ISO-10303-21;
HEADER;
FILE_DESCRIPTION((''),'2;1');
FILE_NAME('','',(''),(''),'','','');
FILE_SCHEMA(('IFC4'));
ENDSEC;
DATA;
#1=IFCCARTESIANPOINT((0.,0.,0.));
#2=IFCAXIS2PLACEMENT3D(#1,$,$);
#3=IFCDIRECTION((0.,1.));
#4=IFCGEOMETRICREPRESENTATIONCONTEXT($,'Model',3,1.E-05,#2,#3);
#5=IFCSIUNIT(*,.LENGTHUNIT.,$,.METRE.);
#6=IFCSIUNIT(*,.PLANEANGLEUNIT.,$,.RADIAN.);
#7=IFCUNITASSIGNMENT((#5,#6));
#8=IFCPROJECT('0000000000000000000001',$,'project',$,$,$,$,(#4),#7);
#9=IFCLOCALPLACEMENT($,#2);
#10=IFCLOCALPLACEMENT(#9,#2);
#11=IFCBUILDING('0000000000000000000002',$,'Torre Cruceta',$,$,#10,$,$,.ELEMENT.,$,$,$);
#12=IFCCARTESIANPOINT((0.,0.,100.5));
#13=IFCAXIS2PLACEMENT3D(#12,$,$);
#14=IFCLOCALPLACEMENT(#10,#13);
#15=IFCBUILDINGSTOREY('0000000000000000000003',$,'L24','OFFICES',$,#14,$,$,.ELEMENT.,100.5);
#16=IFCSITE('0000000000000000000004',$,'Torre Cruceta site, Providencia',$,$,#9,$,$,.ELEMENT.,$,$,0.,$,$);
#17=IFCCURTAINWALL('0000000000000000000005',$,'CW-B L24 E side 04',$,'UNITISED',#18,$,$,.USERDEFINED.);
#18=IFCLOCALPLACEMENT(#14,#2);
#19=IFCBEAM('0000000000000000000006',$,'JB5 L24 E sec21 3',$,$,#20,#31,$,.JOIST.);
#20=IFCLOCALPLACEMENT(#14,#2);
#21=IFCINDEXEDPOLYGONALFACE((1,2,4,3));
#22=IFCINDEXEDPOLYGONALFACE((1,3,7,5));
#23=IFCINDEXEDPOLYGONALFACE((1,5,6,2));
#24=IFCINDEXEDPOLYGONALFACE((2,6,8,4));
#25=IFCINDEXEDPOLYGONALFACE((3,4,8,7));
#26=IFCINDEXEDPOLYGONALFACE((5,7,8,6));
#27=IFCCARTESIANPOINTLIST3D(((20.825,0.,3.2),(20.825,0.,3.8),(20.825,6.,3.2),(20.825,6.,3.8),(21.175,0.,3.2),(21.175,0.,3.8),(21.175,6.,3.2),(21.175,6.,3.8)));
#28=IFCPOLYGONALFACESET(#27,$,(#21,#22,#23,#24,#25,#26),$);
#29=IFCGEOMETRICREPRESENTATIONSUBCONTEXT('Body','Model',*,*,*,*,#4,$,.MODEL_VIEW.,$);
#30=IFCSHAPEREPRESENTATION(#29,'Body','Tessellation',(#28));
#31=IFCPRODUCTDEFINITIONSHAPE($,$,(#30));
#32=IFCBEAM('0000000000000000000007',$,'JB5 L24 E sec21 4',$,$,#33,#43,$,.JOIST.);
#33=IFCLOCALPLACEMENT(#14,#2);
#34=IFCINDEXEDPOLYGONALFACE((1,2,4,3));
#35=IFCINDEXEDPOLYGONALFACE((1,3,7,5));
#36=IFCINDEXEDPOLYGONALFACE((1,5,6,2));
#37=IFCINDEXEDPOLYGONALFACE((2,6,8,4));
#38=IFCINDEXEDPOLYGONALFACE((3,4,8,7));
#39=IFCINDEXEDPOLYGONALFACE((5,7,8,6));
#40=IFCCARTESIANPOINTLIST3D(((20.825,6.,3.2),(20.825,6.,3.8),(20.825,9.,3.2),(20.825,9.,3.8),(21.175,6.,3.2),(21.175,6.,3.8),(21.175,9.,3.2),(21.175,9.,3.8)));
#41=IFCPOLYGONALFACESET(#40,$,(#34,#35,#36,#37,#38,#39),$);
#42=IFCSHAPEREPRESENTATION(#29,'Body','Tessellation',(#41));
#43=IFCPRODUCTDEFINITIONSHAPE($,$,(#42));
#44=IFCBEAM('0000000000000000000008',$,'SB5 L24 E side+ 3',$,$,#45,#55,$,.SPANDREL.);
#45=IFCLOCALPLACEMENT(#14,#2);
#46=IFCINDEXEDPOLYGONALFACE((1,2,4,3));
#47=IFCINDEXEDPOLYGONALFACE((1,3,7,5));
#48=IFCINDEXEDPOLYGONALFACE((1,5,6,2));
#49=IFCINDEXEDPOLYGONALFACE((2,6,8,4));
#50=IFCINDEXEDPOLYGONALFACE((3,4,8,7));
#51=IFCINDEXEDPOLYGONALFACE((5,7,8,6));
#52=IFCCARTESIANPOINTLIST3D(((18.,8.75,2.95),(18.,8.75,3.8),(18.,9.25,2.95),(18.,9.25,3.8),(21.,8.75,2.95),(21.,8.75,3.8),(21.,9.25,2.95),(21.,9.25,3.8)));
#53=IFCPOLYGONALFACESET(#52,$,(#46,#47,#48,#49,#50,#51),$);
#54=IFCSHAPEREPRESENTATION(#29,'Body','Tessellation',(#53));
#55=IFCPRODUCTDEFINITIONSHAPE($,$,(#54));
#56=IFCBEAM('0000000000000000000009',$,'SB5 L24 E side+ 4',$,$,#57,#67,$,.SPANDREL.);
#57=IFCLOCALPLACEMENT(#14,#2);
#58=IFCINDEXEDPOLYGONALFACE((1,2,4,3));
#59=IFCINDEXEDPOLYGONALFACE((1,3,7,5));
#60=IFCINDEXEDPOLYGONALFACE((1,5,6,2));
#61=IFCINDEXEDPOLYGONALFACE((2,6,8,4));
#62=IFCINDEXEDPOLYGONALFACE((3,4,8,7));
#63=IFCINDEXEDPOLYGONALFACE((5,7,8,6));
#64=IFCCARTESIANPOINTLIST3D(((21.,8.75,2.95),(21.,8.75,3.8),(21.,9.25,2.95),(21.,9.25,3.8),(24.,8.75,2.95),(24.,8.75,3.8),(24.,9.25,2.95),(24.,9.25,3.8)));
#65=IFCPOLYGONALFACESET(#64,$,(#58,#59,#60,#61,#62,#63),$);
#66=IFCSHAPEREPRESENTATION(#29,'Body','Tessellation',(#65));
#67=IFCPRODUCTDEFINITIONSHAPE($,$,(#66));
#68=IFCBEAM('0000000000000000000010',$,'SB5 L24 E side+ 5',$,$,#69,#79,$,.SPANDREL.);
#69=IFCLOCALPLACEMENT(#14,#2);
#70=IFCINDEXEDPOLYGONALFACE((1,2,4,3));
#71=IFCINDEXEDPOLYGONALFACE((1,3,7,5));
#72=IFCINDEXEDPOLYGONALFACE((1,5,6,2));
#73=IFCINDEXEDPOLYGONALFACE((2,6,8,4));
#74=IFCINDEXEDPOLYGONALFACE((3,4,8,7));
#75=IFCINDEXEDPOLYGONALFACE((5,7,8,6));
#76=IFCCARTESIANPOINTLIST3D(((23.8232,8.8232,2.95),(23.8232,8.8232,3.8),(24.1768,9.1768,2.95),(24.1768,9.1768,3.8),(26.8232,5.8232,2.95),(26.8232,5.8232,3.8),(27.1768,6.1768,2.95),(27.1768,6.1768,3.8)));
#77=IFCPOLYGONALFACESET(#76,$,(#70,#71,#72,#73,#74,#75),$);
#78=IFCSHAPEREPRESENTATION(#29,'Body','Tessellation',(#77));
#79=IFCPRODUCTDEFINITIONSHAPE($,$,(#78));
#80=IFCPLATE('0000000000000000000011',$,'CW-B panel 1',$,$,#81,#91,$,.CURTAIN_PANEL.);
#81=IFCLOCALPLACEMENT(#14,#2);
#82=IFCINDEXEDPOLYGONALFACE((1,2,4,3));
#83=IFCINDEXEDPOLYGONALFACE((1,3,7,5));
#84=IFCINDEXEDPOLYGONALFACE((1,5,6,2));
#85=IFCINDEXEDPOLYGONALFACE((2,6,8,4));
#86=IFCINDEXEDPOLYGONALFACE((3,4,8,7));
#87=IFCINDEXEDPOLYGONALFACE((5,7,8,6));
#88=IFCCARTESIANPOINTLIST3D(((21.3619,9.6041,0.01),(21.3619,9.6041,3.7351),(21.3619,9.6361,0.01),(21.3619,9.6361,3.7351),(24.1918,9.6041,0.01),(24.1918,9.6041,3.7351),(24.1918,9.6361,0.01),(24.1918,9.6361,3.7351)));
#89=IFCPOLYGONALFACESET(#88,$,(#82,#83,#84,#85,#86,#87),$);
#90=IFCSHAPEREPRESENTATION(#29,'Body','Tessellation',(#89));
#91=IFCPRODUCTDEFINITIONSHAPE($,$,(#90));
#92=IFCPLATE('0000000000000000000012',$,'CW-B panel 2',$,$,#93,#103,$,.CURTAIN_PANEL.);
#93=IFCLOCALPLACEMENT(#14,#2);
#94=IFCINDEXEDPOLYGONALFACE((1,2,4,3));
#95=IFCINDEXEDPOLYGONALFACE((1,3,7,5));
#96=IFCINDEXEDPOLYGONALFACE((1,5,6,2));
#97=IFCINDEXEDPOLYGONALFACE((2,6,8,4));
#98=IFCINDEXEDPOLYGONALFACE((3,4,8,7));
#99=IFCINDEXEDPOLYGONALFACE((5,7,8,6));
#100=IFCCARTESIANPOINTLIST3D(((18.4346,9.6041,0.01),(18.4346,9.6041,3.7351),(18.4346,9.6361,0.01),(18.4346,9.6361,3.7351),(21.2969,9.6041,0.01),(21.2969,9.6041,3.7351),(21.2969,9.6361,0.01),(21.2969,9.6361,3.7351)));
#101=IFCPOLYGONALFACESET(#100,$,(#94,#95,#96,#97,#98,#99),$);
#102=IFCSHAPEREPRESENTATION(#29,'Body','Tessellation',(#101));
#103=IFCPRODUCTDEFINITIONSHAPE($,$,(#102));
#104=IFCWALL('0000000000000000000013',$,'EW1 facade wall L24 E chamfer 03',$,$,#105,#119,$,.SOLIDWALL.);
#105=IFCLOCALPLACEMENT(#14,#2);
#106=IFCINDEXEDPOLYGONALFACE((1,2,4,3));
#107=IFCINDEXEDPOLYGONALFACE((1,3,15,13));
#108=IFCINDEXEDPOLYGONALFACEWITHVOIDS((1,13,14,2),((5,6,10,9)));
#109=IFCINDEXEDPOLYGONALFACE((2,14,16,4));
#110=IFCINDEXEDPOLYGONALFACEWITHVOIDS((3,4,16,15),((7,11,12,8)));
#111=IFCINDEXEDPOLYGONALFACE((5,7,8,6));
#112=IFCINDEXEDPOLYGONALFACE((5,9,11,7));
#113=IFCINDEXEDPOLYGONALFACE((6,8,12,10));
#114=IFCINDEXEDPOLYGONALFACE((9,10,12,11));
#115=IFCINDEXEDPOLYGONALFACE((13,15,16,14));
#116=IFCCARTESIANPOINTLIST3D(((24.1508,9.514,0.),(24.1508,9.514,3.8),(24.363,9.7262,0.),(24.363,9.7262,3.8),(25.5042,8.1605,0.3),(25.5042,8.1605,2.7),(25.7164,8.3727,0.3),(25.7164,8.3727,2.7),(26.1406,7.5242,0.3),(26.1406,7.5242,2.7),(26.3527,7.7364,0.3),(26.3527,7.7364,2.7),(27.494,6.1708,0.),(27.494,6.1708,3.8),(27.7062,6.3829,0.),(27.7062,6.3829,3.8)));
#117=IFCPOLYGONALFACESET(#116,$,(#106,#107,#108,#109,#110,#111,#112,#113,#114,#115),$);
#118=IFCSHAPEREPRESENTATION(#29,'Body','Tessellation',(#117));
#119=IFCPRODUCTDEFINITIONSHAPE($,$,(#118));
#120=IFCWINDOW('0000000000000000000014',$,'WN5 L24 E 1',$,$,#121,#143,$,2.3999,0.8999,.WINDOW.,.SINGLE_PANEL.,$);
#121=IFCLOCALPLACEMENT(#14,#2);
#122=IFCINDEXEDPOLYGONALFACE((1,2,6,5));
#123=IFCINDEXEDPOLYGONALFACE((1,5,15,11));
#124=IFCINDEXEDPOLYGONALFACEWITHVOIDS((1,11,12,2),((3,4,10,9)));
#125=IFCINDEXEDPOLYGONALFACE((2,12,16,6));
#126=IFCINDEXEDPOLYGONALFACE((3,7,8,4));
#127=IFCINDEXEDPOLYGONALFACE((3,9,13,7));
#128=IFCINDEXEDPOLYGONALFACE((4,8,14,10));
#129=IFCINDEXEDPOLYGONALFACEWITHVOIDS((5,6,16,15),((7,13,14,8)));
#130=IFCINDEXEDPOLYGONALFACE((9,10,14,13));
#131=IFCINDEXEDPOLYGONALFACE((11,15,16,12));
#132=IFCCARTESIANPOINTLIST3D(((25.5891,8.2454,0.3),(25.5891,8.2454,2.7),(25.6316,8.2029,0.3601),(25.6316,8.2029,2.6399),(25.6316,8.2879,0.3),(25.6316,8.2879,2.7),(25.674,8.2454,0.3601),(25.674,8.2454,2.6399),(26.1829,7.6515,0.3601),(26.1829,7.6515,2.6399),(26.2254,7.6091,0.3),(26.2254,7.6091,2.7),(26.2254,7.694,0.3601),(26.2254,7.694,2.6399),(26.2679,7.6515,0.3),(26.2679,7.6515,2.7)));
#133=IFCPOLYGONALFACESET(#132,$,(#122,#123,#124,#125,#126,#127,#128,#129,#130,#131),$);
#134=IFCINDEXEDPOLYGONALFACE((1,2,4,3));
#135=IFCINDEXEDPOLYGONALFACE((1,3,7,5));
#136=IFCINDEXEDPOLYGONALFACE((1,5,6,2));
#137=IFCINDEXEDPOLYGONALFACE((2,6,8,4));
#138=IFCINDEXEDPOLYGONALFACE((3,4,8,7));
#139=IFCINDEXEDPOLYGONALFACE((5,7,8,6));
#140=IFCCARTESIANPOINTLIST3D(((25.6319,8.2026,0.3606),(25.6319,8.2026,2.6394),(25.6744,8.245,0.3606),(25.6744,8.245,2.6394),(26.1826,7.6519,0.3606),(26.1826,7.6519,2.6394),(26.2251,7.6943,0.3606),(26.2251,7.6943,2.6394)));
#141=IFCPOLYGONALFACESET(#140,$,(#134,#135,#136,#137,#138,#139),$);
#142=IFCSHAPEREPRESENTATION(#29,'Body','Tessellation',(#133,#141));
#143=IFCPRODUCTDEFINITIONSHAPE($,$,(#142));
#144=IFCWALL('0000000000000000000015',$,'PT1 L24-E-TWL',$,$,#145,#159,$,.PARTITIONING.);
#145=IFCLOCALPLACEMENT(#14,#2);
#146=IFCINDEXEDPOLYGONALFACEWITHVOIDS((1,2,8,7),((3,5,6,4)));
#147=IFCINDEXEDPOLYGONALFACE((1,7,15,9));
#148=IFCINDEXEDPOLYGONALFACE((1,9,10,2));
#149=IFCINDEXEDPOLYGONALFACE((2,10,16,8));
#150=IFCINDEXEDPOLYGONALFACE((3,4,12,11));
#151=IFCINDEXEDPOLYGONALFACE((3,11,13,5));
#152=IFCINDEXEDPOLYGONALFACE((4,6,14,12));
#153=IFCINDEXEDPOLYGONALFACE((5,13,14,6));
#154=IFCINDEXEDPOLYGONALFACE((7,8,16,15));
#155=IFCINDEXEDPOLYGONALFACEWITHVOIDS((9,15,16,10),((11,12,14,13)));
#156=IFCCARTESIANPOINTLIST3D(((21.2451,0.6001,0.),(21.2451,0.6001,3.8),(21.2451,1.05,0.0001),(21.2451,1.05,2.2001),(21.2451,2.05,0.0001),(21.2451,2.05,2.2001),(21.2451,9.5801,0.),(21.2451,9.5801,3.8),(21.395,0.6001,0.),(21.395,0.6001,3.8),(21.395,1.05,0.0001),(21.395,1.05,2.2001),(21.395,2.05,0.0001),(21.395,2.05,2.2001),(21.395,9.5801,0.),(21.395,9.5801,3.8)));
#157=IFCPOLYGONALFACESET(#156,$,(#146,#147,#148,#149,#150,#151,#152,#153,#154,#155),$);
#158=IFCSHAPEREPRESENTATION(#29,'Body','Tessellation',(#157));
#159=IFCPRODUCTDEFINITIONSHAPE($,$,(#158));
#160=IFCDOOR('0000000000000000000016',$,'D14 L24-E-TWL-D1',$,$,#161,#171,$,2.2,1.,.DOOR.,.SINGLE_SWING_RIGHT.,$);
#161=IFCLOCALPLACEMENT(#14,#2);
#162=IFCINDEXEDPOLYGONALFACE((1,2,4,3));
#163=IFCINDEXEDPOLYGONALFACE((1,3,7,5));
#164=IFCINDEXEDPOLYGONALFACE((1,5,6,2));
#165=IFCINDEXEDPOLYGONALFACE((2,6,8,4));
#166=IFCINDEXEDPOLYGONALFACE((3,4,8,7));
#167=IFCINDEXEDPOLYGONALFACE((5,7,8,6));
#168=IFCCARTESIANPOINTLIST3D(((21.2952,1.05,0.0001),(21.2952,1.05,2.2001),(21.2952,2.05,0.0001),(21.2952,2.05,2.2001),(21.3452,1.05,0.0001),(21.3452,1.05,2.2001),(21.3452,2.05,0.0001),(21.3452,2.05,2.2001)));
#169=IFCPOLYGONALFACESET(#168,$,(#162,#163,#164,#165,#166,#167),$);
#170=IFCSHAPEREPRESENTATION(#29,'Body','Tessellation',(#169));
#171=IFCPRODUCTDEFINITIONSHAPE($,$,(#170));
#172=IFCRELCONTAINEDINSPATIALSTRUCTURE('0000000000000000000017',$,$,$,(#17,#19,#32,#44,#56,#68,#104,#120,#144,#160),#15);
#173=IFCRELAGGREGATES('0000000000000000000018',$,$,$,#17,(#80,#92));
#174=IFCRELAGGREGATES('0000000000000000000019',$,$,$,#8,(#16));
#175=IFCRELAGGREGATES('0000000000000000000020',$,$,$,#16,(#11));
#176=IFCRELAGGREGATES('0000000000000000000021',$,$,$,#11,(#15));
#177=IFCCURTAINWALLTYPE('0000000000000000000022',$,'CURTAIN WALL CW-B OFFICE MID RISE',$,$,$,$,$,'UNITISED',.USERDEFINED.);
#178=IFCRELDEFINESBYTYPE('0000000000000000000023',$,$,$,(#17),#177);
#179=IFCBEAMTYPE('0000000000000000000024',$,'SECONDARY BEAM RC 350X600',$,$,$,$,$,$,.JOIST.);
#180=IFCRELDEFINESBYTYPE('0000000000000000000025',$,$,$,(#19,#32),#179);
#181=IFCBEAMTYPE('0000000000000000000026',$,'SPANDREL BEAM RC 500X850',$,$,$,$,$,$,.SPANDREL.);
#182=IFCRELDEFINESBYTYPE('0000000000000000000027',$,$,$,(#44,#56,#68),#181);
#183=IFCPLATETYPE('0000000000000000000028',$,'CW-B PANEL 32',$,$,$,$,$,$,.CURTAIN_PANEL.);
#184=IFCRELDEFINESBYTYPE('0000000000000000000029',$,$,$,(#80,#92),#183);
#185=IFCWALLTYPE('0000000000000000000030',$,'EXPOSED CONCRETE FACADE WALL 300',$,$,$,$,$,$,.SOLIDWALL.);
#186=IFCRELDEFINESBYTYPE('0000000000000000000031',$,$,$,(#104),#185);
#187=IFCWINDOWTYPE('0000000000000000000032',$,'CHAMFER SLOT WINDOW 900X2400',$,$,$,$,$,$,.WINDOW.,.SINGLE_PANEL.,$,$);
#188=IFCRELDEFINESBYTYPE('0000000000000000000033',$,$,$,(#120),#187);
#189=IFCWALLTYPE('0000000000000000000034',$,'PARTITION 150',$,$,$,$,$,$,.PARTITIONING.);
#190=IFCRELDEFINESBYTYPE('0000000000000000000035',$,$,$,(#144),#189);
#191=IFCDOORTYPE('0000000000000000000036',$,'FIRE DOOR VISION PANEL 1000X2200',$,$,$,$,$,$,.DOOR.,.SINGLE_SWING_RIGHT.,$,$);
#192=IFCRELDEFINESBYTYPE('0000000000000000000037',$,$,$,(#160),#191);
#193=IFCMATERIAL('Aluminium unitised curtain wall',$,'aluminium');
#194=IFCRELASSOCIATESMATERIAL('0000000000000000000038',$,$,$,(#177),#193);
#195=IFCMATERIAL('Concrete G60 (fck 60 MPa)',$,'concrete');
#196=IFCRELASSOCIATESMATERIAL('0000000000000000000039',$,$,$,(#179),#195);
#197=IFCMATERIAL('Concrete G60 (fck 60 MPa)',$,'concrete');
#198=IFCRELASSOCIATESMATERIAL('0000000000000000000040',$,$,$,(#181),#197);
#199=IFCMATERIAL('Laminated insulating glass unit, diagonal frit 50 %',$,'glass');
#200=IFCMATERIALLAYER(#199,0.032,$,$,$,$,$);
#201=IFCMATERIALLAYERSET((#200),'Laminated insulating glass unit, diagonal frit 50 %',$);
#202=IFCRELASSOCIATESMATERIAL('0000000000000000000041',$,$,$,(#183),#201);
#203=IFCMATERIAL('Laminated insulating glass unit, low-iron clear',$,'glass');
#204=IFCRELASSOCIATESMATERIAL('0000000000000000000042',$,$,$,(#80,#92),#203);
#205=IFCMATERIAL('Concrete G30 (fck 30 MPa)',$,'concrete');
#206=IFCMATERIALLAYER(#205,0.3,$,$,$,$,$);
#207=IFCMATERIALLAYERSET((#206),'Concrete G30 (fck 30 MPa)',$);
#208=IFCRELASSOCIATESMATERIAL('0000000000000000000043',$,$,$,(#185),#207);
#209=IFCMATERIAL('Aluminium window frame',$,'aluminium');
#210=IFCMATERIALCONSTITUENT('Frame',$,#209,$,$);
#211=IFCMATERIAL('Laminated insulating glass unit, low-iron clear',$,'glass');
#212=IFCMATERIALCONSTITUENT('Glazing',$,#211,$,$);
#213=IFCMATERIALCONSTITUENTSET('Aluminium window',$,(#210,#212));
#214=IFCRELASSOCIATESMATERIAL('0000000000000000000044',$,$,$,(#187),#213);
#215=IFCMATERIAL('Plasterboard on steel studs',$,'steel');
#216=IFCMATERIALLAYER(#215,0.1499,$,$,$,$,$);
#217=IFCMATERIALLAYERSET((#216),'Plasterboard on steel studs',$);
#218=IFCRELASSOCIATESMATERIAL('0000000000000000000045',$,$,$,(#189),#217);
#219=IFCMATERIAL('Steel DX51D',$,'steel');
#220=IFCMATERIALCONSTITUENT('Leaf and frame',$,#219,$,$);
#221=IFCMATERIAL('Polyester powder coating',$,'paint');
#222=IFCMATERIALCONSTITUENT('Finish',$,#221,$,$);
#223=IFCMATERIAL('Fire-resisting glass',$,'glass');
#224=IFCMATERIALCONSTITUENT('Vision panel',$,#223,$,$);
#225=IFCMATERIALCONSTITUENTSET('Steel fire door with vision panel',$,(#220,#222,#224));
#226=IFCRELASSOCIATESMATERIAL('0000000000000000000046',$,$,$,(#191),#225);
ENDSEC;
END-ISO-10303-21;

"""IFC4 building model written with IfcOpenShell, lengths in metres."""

from ifc_helpers import new_model, si_unit, direction, frame, frame_2d, origin, origin_2d, place, context, subcontext, project, spatial, rectangle, hollow_rectangle, extrude, material, layer, layer_set, constituent, constituent_set, material_profile, profile_set, type_object, element, fill, aggregate, save


model = new_model("IFC4")

# Units and contexts
model_context = context("Model", 3, precision=1e-05, world=origin(), true_north=direction((0.0, 1.0)))
body_context = subcontext(model_context, "Body", "Model", "MODEL_VIEW")
ifc_project = project(units=[si_unit("LENGTHUNIT", "METRE"), si_unit("PLANEANGLEUNIT", "RADIAN")], contexts=[model_context])

# Site, building, storey
site_placement = place(None, origin())
site = spatial("IfcSite", under=ifc_project, at=site_placement, Name="Torre Cruceta site, Providencia", CompositionType="ELEMENT", RefElevation=0.0)
building_placement = place(site_placement, origin())
building = spatial("IfcBuilding", under=site, at=building_placement, Name="Torre Cruceta", CompositionType="ELEMENT")
storey_placement = place(building_placement, frame((0.0, 0.0, 100.5)))
storey = spatial("IfcBuildingStorey", under=building, at=storey_placement, Name="L24", Description="OFFICES", CompositionType="ELEMENT", Elevation=100.5)

# Curtain wall
ifc_material_1 = material(Name="Aluminium unitised curtain wall", Category="aluminium")
curtain_wall_type = type_object("IfcCurtainWallType", Name="CURTAIN WALL CW-B OFFICE MID RISE", ElementType="UNITISED", PredefinedType="USERDEFINED", material=ifc_material_1)
curtain_wall_placement = place(storey_placement, origin())
curtain_wall = element("IfcCurtainWall", 1, at=curtain_wall_placement, inside=storey, type_object=curtain_wall_type, Name="CW-B L24 E side 04", ObjectType="UNITISED", PredefinedType="USERDEFINED")

# Beams
ifc_material_2 = material(Name="Concrete G60 (fck 60 MPa)", Category="concrete")
ifc_material_profile_1 = material_profile(ifc_material_2, rectangle(XDim=0.3501, YDim=0.6001, at=origin_2d()), Name="RC 350X600")
ifc_profile_set_1 = profile_set([ifc_material_profile_1], Name="Concrete G60 (fck 60 MPa)")
beam_type_1 = type_object("IfcBeamType", Name="SECONDARY BEAM RC 350X600", PredefinedType="JOIST", material=ifc_profile_set_1)
beam_1_placement = place(storey_placement, frame((21.0, 0.0, 3.5), z_axis=(0.0, 1.0, 0.0), x_axis=(-1.0, 0.0, 0.0)))
element("IfcBeam", 2, at=beam_1_placement, inside=storey, type_object=beam_type_1, Name="JB5 L24 E sec21 3", PredefinedType="JOIST", context=body_context, shape_type="SweptSolid", body=[
    extrude(rectangle(XDim=0.3501, YDim=0.6001, at=origin_2d()), origin(), (0.0, 0.0, 1.0), 6.0),
])
beam_2_placement = place(storey_placement, frame((21.0, 6.0, 3.5), z_axis=(0.0, 1.0, 0.0), x_axis=(-1.0, 0.0, 0.0)))
element("IfcBeam", 3, at=beam_2_placement, inside=storey, type_object=beam_type_1, Name="JB5 L24 E sec21 4", PredefinedType="JOIST", context=body_context, shape_type="SweptSolid", body=[
    extrude(rectangle(XDim=0.3501, YDim=0.6001, at=origin_2d()), origin(), (0.0, 0.0, 1.0), 3.0),
])
ifc_material_3 = material(Name="Concrete G60 (fck 60 MPa)", Category="concrete")
ifc_material_profile_2 = material_profile(ifc_material_3, rectangle(XDim=0.5, YDim=0.8501, at=origin_2d()), Name="RC 500X850")
ifc_profile_set_2 = profile_set([ifc_material_profile_2], Name="Concrete G60 (fck 60 MPa)")
beam_type_2 = type_object("IfcBeamType", Name="SPANDREL BEAM RC 500X850", PredefinedType="SPANDREL", material=ifc_profile_set_2)
for number, where, z_axis, x_axis, name in (
    (4, (18.0, 9.0, 3.375), (1.0, 0.0, 0.0), (0.0, 1.0, 0.0), "SB5 L24 E side+ 3"),
    (5, (21.0, 9.0, 3.375), (1.0, 0.0, 0.0), (0.0, 1.0, 0.0), "SB5 L24 E side+ 4"),
):
    element("IfcBeam", number, at=place(storey_placement, frame(where, z_axis=z_axis, x_axis=x_axis)), inside=storey, type_object=beam_type_2, Name=name, PredefinedType="SPANDREL", context=body_context, shape_type="SweptSolid", body=[
        extrude(rectangle(XDim=0.5, YDim=0.8501, at=origin_2d()), origin(), (0.0, 0.0, 1.0), 3.0),
    ])
beam_3_placement = place(storey_placement, frame((24.0, 9.0, 3.375), z_axis=(0.707107, -0.707107, 0.0), x_axis=(0.707107, 0.707107, 0.0)))
element("IfcBeam", 6, at=beam_3_placement, inside=storey, type_object=beam_type_2, Name="SB5 L24 E side+ 5", PredefinedType="SPANDREL", context=body_context, shape_type="SweptSolid", body=[
    extrude(rectangle(XDim=0.5, YDim=0.8501, at=origin_2d()), origin(), (0.0, 0.0, 1.0), 4.2427),
])

# Plates
ifc_material_4 = material(Name="Laminated insulating glass unit, low-iron clear", Category="glass")
ifc_material_5 = material(Name="Laminated insulating glass unit, diagonal frit 50 %", Category="glass")
ifc_layer_1 = layer(ifc_material_5, 0.032)
ifc_layer_set_1 = layer_set([ifc_layer_1], Name="Laminated insulating glass unit, diagonal frit 50 %")
plate_type = type_object("IfcPlateType", Name="CW-B PANEL 32", PredefinedType="CURTAIN_PANEL", material=ifc_layer_set_1)
plate_1_placement = place(storey_placement, frame((22.7769, 9.6201, 0.01), z_axis=(0.0, 0.0, 1.0), x_axis=(-1.0, 0.0, 0.0)))
plate_1 = element("IfcPlate", 7, at=plate_1_placement, type_object=plate_type, material=ifc_material_4, Name="CW-B panel 1", PredefinedType="CURTAIN_PANEL", context=body_context, shape_type="SweptSolid", body=[
    extrude(rectangle(XDim=2.8298, YDim=0.032, at=origin_2d()), origin(), (0.0, 0.0, 1.0), 3.7251),
])
plate_2_placement = place(storey_placement, frame((19.8657, 9.6201, 0.01), z_axis=(0.0, 0.0, 1.0), x_axis=(-1.0, 0.0, 0.0)))
plate_2 = element("IfcPlate", 8, at=plate_2_placement, type_object=plate_type, material=ifc_material_4, Name="CW-B panel 2", PredefinedType="CURTAIN_PANEL", context=body_context, shape_type="SweptSolid", body=[
    extrude(rectangle(XDim=2.8623, YDim=0.032, at=origin_2d()), origin(), (0.0, 0.0, 1.0), 3.7251),
])
aggregate(curtain_wall, [plate_1, plate_2])

# Wall, opening, window
ifc_material_6 = material(Name="Concrete G30 (fck 30 MPa)", Category="concrete")
ifc_layer_2 = layer(ifc_material_6, 0.3)
ifc_layer_set_2 = layer_set([ifc_layer_2], Name="Concrete G30 (fck 30 MPa)")
wall_type_1 = type_object("IfcWallType", Name="EXPOSED CONCRETE FACADE WALL 300", PredefinedType="SOLIDWALL", material=ifc_layer_set_2)
wall_1_placement = place(storey_placement, frame((27.6001, 6.2769, 0.0), z_axis=(0.0, 0.0, 1.0), x_axis=(-0.707107, 0.707107, 0.0)))
wall_1 = element("IfcWall", 9, at=wall_1_placement, inside=storey, type_object=wall_type_1, Name="EW1 facade wall L24 E chamfer 03", PredefinedType="SOLIDWALL", context=body_context, shape_type="SweptSolid", body=[
    extrude(rectangle(XDim=4.728, YDim=0.3, at=frame_2d((2.364, 0.0))), origin(), (0.0, 0.0, 1.0), 3.8),
])
opening_1_placement = place(wall_1_placement, frame((1.9141, 0.0, 0.3)))
opening_1 = element("IfcOpeningElement", 10, at=opening_1_placement, cuts=wall_1, PredefinedType="OPENING", context=body_context, shape_type="SweptSolid", body=[
    extrude(rectangle(XDim=0.8999, YDim=2.3999, at=frame_2d((0.45, 1.2))), frame((0.0, 0.1599, 0.0), z_axis=(0.0, -1.0, 0.0), x_axis=(1.0, 0.0, 0.0)), (0.0, 0.0, 1.0), 0.3201),
])
ifc_material_7 = material(Name="Aluminium window frame", Category="aluminium")
ifc_constituent_1 = constituent(ifc_material_7, Name="Frame")
ifc_material_8 = material(Name="Laminated insulating glass unit, low-iron clear", Category="glass")
ifc_constituent_2 = constituent(ifc_material_8, Name="Glazing")
ifc_constituent_set_1 = constituent_set(constituents=[ifc_constituent_1, ifc_constituent_2], Name="Aluminium window")
window_type = type_object("IfcWindowType", Name="CHAMFER SLOT WINDOW 900X2400", PartitioningType="SINGLE_PANEL", PredefinedType="WINDOW", material=ifc_constituent_set_1)
window_placement = place(opening_1_placement, origin())
window = element("IfcWindow", 11, at=window_placement, inside=storey, type_object=window_type, Name="WN5 L24 E 1", OverallHeight=2.3999, OverallWidth=0.8999, PartitioningType="SINGLE_PANEL", PredefinedType="WINDOW", context=body_context, shape_type="SweptSolid", body=[
    extrude(hollow_rectangle(XDim=0.8999, YDim=2.3999, WallThickness=0.0601, at=frame_2d((0.45, 1.2))), frame((0.0, 0.03, 0.0), z_axis=(0.0, -1.0, 0.0), x_axis=(1.0, 0.0, 0.0)), (0.0, 0.0, 1.0), 0.0601),
    extrude(rectangle(XDim=0.7788, YDim=2.2788, at=frame_2d((0.45, 1.2))), frame((0.0, 0.03, 0.0), z_axis=(0.0, -1.0, 0.0), x_axis=(1.0, 0.0, 0.0)), (0.0, 0.0, 1.0), 0.0601),
])
fill(opening_1, window)

# Wall, opening, door
ifc_material_9 = material(Name="Plasterboard on steel studs", Category="steel")
ifc_layer_3 = layer(ifc_material_9, 0.1499)
ifc_layer_set_3 = layer_set([ifc_layer_3], Name="Plasterboard on steel studs")
wall_type_2 = type_object("IfcWallType", Name="PARTITION 150", PredefinedType="PARTITIONING", material=ifc_layer_set_3)
wall_2_placement = place(storey_placement, frame((21.3201, 0.6001, 0.0), z_axis=(0.0, 0.0, 1.0), x_axis=(0.0, 1.0, 0.0)))
wall_2 = element("IfcWall", 12, at=wall_2_placement, inside=storey, type_object=wall_type_2, Name="PT1 L24-E-TWL", PredefinedType="PARTITIONING", context=body_context, shape_type="SweptSolid", body=[
    extrude(rectangle(XDim=8.98, YDim=0.1499, at=frame_2d((4.49, 0.0))), origin(), (0.0, 0.0, 1.0), 3.8),
])
opening_2_placement = place(wall_2_placement, frame((0.45, 0.0, 0.0)))
opening_2 = element("IfcOpeningElement", 13, at=opening_2_placement, cuts=wall_2, PredefinedType="OPENING", context=body_context, shape_type="SweptSolid", body=[
    extrude(rectangle(XDim=1.0, YDim=2.2, at=frame_2d((0.5, 1.1001))), frame((0.0, 0.085, 0.0), z_axis=(0.0, -1.0, 0.0), x_axis=(1.0, 0.0, 0.0)), (0.0, 0.0, 1.0), 0.1699),
])
ifc_material_10 = material(Name="Steel DX51D", Category="steel")
ifc_constituent_3 = constituent(ifc_material_10, Name="Leaf and frame")
ifc_material_11 = material(Name="Polyester powder coating", Category="paint")
ifc_constituent_4 = constituent(ifc_material_11, Name="Finish")
ifc_material_12 = material(Name="Fire-resisting glass", Category="glass")
ifc_constituent_5 = constituent(ifc_material_12, Name="Vision panel")
ifc_constituent_set_2 = constituent_set(constituents=[ifc_constituent_3, ifc_constituent_4, ifc_constituent_5], Name="Steel fire door with vision panel")
door_type = type_object("IfcDoorType", Name="FIRE DOOR VISION PANEL 1000X2200", OperationType="SINGLE_SWING_RIGHT", PredefinedType="DOOR", material=ifc_constituent_set_2)
door_placement = place(opening_2_placement, frame((1.0, 0.0, 0.0), z_axis=(0.0, 0.0, 1.0), x_axis=(-1.0, 0.0, 0.0)))
door = element("IfcDoor", 14, at=door_placement, inside=storey, type_object=door_type, Name="D14 L24-E-TWL-D1", OperationType="SINGLE_SWING_RIGHT", OverallHeight=2.2, OverallWidth=1.0, PredefinedType="DOOR", context=body_context, shape_type="SweptSolid", body=[
    extrude(rectangle(XDim=1.0, YDim=2.2, at=frame_2d((0.5, 1.1001))), frame((0.0, 0.0251, 0.0), z_axis=(0.0, -1.0, 0.0), x_axis=(1.0, 0.0, 0.0)), (0.0, 0.0, 1.0), 0.05),
])
fill(opening_2, door)

save(model, "model.ifc")
